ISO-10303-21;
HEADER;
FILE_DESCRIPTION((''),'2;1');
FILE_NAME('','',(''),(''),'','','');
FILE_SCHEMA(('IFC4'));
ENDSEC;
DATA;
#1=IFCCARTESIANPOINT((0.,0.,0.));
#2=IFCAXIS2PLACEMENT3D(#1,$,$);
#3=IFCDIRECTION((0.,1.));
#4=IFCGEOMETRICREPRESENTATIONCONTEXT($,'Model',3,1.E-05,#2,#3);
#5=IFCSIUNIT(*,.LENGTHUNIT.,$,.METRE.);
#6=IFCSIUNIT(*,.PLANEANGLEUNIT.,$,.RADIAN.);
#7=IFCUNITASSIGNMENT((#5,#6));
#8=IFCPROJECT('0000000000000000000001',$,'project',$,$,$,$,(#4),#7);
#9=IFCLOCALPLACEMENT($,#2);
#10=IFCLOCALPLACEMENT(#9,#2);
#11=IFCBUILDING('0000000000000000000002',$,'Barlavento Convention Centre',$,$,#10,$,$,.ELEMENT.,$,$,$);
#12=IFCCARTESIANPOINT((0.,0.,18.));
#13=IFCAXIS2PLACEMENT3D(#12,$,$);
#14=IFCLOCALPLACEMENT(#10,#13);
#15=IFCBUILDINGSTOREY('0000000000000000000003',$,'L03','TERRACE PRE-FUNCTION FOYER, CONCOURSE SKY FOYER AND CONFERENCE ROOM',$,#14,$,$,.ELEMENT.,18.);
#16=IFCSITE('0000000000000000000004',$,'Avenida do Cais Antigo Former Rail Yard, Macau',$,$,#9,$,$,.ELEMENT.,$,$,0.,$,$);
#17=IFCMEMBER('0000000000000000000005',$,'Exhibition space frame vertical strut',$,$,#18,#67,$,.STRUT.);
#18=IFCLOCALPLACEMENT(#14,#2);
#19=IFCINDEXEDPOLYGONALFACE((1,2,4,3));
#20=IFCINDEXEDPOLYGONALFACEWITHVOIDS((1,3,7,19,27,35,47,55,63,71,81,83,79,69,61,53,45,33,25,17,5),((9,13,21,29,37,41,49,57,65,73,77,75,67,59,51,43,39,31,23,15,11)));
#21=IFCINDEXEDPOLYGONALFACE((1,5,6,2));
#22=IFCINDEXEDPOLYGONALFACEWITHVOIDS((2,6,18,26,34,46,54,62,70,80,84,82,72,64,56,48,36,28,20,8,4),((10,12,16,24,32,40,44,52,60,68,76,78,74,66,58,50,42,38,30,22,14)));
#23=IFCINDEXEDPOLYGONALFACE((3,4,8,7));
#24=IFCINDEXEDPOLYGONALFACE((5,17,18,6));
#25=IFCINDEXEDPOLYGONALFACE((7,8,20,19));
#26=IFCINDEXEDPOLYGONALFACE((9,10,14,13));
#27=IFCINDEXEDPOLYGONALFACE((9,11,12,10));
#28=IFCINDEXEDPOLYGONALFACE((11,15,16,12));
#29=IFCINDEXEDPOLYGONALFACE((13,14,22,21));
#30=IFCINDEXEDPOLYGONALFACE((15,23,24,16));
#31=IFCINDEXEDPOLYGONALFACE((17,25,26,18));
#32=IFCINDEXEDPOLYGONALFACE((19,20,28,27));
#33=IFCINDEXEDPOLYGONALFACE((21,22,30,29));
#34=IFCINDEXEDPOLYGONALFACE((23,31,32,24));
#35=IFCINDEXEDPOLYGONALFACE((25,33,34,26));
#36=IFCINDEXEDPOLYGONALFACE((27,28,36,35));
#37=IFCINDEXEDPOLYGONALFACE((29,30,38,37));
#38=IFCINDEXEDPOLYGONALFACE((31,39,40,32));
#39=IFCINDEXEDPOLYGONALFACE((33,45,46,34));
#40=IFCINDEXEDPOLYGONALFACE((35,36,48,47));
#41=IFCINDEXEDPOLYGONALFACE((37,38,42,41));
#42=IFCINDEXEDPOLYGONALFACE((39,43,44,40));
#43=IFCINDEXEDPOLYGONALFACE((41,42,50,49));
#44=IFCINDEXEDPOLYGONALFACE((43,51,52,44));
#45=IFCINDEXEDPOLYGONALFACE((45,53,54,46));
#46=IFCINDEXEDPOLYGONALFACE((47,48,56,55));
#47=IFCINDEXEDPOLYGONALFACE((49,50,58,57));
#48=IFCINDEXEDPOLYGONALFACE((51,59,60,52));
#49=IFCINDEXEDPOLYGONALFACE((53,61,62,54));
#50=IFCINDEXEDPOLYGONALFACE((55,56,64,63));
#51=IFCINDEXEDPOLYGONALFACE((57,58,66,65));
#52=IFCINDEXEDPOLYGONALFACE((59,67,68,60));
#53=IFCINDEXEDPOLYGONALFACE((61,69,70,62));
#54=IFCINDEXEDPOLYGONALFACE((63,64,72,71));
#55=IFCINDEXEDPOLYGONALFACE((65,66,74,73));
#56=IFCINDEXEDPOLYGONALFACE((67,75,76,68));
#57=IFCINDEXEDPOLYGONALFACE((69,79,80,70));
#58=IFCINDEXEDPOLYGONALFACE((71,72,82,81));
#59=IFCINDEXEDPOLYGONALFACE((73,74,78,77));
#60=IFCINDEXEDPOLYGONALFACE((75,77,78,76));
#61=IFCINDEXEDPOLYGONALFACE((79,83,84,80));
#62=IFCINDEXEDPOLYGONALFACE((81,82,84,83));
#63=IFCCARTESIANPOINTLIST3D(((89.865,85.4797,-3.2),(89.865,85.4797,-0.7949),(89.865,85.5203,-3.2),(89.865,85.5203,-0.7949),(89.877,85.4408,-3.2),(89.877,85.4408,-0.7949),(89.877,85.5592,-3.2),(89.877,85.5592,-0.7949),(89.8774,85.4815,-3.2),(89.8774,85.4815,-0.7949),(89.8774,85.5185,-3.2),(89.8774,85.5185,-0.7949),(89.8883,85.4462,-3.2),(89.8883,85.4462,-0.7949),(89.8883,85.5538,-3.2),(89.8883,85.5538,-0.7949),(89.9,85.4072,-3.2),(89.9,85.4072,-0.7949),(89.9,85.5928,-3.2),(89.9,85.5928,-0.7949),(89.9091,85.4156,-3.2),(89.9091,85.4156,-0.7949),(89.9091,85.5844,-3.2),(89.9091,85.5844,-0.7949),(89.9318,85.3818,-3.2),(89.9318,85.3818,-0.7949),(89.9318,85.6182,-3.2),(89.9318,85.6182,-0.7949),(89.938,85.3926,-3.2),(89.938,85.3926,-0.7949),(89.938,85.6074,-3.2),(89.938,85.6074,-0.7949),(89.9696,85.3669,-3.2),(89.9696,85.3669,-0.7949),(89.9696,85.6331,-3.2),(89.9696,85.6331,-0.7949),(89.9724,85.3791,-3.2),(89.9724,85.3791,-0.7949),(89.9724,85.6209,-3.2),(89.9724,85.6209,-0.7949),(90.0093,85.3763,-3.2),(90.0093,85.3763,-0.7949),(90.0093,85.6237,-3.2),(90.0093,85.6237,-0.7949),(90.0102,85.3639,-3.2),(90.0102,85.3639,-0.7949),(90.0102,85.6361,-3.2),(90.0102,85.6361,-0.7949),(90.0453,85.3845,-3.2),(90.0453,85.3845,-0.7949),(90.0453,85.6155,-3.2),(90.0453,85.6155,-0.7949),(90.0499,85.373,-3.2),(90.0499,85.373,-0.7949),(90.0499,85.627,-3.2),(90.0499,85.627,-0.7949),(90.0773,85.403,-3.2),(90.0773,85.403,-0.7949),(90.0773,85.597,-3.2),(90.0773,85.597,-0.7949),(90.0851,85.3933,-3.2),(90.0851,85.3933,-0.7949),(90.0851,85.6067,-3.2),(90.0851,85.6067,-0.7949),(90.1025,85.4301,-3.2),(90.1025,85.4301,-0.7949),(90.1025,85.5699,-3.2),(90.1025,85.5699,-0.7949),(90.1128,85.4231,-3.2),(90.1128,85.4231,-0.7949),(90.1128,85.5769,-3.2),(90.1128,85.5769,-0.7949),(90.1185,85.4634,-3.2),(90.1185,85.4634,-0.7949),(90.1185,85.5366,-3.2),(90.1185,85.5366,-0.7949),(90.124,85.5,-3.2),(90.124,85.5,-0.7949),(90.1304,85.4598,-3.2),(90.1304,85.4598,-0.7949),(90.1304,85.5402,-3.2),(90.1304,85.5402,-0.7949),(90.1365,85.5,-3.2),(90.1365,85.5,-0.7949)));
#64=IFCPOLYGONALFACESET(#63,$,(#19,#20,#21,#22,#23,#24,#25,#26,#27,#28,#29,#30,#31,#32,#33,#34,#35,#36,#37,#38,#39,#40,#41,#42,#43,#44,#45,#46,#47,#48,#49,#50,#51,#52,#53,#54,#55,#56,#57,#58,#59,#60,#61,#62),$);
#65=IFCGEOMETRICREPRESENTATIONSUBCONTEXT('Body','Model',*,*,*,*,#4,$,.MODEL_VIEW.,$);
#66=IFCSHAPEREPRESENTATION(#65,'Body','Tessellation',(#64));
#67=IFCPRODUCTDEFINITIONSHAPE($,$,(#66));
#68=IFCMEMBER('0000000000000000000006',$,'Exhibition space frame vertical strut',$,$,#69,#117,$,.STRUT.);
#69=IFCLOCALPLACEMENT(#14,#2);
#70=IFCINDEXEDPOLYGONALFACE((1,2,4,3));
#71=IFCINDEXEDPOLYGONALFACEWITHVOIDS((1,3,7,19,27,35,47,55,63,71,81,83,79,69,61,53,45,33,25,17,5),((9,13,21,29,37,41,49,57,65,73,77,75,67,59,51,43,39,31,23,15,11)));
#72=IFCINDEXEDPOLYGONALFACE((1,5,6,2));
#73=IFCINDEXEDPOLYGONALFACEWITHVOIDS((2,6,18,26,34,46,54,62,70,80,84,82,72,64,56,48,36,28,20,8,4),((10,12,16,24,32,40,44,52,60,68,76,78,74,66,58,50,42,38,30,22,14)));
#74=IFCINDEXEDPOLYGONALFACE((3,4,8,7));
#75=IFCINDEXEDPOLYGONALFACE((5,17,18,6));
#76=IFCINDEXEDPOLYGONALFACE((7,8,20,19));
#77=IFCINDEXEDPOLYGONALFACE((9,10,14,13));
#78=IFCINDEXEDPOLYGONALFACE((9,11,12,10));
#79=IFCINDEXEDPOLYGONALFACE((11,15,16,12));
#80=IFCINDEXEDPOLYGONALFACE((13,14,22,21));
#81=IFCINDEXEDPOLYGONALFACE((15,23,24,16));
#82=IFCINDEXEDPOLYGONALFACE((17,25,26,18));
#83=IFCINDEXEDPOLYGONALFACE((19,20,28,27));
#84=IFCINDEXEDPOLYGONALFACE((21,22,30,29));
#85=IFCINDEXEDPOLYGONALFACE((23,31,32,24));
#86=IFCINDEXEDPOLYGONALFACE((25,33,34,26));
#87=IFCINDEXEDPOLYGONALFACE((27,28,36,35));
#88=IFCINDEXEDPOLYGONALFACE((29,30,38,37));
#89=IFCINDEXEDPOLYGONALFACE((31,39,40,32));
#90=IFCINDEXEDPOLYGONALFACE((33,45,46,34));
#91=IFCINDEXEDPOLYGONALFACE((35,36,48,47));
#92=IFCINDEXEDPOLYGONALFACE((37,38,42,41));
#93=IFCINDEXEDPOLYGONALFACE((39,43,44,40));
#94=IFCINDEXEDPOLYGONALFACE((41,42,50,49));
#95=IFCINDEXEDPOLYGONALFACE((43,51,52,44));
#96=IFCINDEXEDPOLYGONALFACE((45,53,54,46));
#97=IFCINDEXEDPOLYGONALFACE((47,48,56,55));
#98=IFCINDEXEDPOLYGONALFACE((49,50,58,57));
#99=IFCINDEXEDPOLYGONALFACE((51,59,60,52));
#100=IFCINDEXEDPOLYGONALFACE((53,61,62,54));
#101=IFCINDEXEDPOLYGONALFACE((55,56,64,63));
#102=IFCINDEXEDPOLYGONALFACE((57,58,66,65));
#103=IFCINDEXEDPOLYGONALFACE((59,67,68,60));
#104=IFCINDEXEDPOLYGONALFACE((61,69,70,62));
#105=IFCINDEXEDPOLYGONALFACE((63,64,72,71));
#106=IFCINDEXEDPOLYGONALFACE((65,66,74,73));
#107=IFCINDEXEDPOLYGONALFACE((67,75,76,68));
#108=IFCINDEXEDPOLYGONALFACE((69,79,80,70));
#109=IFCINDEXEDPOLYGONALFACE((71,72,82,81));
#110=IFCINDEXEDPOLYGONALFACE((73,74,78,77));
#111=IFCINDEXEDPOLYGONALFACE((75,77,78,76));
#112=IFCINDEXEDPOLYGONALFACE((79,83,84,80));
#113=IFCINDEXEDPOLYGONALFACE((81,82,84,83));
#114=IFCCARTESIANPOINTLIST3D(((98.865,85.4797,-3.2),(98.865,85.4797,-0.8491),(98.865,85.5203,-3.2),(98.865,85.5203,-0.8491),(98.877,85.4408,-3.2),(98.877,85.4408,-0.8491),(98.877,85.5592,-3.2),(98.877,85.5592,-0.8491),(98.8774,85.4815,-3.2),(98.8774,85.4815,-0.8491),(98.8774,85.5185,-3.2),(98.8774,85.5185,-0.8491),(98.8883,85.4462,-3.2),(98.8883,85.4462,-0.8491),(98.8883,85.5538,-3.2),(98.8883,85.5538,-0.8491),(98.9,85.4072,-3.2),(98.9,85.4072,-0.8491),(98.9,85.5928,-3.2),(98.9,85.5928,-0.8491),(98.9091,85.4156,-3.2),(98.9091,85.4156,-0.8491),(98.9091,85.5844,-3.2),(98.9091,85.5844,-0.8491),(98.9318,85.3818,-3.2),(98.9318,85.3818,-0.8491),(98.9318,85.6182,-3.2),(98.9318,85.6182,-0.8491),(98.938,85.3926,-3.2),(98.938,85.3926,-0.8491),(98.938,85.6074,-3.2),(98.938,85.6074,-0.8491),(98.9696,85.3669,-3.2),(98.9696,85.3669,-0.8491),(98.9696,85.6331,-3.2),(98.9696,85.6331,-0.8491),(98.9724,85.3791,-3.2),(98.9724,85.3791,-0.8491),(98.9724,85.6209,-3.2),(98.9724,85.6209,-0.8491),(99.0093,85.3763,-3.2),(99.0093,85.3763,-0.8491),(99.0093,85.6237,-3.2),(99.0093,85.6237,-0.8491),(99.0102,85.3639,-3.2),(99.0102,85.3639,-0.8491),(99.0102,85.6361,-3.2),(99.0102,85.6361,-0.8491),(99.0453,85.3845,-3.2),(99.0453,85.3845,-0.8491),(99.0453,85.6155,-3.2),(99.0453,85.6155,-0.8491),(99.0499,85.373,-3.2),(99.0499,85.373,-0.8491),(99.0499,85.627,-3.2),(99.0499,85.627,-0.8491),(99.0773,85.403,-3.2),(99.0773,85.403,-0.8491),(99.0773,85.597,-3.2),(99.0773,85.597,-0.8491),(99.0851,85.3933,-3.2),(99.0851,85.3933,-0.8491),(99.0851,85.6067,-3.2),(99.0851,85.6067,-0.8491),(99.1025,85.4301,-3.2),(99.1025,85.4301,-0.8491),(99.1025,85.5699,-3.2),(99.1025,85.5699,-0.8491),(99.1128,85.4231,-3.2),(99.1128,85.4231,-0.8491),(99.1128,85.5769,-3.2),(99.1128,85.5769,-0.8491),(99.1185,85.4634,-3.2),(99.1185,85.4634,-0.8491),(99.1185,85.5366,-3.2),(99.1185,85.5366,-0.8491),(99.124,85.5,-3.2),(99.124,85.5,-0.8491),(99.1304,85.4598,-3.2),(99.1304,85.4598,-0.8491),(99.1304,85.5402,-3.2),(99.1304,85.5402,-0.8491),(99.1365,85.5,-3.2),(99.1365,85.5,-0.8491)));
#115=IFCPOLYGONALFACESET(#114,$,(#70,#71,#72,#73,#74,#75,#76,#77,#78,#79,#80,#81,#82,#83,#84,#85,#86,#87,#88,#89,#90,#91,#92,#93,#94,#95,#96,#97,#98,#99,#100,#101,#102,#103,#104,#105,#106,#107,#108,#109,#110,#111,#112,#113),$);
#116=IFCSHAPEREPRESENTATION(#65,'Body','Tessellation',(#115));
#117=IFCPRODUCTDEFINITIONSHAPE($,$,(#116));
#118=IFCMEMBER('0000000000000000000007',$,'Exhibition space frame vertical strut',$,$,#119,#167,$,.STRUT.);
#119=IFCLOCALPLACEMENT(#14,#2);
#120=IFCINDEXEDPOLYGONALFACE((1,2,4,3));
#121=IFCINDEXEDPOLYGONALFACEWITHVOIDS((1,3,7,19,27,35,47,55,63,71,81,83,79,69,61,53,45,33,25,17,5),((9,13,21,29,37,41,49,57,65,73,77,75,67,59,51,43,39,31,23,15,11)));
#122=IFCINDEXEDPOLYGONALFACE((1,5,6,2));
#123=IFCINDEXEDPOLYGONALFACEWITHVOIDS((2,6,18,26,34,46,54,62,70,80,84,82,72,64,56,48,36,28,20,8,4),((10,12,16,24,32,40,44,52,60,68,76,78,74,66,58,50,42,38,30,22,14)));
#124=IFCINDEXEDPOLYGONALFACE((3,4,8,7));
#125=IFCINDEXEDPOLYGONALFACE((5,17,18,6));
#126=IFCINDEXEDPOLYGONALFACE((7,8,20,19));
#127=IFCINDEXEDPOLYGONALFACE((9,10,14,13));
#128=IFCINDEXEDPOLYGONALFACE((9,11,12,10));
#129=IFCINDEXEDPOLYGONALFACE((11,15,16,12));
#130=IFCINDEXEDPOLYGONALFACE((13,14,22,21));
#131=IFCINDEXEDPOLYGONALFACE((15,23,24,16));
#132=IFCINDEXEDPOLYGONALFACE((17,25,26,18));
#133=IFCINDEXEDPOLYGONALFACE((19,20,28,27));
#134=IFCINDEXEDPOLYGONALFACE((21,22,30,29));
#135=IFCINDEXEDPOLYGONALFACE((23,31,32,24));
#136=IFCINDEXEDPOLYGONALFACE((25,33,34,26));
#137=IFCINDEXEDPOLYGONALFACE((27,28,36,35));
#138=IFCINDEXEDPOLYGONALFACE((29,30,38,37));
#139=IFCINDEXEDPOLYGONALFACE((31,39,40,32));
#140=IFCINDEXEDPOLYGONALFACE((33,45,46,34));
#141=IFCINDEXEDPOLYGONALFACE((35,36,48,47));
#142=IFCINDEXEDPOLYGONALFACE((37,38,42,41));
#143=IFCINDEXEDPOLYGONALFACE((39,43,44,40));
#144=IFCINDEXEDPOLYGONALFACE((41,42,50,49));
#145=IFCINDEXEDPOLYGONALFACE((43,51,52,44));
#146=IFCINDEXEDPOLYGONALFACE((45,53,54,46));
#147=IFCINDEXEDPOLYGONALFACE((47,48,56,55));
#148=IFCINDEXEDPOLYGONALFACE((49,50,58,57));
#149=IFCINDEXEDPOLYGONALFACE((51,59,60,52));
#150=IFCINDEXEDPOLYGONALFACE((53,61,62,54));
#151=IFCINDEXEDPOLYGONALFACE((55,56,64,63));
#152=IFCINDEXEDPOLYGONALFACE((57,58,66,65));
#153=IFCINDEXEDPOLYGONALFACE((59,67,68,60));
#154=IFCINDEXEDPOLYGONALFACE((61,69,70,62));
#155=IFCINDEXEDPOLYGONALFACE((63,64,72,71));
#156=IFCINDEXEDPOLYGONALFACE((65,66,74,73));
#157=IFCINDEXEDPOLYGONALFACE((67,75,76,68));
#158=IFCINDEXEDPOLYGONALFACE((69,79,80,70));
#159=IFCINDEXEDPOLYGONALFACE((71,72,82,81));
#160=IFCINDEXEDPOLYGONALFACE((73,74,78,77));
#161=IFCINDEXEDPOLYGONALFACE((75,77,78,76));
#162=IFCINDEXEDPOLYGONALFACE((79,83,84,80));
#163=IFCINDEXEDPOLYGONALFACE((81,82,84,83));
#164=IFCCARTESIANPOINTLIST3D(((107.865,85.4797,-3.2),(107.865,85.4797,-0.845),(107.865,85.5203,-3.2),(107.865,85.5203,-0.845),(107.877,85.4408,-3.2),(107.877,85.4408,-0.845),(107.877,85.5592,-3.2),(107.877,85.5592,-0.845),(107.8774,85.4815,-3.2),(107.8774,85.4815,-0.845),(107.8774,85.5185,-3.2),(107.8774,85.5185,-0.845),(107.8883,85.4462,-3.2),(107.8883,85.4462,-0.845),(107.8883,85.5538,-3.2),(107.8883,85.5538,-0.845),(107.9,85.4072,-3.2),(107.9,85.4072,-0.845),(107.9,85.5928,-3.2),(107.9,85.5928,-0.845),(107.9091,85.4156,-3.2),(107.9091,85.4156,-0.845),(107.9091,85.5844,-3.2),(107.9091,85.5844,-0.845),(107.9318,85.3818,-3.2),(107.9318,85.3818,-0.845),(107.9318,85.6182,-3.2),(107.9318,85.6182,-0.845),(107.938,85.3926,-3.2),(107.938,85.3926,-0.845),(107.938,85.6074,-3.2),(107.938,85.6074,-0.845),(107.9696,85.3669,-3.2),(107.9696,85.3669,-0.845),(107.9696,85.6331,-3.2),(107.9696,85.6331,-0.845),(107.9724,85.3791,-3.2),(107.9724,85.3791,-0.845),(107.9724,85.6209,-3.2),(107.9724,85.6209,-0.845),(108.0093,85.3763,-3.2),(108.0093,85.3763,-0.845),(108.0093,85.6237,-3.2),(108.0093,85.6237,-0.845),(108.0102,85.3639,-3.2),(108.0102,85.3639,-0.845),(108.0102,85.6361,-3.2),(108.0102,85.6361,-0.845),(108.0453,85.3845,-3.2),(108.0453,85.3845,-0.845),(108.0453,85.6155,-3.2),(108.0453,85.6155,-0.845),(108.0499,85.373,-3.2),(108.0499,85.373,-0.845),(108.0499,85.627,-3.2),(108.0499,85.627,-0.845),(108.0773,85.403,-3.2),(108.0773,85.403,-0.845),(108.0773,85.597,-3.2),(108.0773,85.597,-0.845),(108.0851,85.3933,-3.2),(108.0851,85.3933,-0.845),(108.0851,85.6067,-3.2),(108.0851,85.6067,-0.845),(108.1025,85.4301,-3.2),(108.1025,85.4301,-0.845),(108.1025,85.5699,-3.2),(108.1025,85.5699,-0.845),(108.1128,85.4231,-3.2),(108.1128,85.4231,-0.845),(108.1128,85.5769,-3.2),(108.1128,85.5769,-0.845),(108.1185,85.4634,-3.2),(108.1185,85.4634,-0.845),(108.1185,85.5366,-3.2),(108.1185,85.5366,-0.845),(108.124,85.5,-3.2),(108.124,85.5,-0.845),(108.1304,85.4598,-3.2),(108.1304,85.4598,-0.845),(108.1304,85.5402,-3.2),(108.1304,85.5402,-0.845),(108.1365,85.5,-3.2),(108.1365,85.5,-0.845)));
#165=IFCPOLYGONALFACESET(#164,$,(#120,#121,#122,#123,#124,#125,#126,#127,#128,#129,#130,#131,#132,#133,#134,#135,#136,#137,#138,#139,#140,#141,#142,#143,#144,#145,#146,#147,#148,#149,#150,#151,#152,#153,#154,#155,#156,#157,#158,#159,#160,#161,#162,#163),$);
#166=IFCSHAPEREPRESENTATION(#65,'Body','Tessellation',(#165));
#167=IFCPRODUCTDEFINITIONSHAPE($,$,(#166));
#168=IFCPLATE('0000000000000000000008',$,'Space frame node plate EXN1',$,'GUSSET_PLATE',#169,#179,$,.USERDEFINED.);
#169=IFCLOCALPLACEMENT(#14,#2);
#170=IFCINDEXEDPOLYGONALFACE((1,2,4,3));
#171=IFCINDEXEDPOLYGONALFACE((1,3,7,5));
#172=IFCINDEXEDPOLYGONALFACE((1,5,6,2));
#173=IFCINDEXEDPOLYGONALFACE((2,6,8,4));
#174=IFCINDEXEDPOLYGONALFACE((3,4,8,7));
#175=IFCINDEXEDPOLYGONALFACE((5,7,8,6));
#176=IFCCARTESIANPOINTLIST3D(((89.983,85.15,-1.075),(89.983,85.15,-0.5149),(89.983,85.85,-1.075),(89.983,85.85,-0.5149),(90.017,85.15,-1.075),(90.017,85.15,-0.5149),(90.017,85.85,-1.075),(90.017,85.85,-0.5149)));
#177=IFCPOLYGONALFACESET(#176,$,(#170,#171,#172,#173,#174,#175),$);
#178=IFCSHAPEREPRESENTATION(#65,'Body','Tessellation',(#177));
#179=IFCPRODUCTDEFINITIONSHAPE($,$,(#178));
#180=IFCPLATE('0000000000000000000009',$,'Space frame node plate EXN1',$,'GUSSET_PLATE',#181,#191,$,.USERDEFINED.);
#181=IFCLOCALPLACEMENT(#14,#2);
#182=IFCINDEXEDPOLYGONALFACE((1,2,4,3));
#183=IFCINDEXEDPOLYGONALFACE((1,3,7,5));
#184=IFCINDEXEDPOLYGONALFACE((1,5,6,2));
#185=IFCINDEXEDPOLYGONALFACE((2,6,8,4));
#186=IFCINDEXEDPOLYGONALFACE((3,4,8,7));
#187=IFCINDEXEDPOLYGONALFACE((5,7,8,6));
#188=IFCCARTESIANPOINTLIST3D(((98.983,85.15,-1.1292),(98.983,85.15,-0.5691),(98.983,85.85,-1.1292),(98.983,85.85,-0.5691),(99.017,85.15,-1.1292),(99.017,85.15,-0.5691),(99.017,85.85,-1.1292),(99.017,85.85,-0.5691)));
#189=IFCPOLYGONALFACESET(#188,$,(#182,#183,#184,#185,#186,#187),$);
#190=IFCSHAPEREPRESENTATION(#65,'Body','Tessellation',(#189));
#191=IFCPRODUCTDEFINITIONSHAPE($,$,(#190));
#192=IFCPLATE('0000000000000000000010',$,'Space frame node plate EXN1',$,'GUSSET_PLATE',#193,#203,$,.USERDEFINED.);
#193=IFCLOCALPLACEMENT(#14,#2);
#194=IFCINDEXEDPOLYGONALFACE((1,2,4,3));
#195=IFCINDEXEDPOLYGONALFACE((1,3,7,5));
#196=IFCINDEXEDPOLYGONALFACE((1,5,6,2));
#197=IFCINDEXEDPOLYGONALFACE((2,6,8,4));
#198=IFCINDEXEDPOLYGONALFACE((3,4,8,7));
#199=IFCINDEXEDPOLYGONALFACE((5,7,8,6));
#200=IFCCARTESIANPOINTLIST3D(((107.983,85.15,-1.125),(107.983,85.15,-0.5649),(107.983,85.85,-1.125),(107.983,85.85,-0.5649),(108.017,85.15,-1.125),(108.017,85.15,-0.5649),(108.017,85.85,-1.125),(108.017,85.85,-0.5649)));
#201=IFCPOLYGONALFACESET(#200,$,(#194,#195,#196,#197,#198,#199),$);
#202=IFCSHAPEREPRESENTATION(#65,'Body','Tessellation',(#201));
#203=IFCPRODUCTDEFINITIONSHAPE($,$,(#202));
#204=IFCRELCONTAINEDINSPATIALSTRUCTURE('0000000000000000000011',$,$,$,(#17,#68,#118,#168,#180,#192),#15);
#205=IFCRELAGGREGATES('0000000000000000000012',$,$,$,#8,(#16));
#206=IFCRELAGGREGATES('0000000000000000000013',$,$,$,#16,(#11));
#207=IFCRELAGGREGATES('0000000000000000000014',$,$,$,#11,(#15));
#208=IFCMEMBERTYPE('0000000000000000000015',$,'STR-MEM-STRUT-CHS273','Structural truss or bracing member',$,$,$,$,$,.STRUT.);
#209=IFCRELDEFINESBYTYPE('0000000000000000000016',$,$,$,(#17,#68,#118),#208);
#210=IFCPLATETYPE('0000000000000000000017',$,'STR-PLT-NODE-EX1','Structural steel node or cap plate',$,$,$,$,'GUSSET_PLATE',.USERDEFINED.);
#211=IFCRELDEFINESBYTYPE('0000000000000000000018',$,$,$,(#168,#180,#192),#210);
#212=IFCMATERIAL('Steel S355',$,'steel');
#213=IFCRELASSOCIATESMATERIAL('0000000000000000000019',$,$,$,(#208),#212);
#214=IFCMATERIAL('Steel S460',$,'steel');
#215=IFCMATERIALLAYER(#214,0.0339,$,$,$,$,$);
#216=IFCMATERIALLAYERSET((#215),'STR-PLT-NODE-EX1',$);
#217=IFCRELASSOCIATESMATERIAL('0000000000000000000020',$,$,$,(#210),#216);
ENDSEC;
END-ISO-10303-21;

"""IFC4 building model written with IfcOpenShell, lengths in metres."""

from ifc_helpers import new_model, si_unit, direction, frame, origin, origin_2d, place, context, subcontext, project, spatial, rectangle, hollow_circle, extrude, material, layer, layer_set, material_profile, profile_set, type_object, element, save


model = new_model("IFC4")

# Units and contexts
model_context = context("Model", 3, precision=1e-05, world=origin(), true_north=direction((0.0, 1.0)))
body_context = subcontext(model_context, "Body", "Model", "MODEL_VIEW")
ifc_project = project(units=[si_unit("LENGTHUNIT", "METRE"), si_unit("PLANEANGLEUNIT", "RADIAN")], contexts=[model_context])

# Site, building, storey
site_placement = place(None, origin())
site = spatial("IfcSite", under=ifc_project, at=site_placement, Name="Avenida do Cais Antigo Former Rail Yard, Macau", CompositionType="ELEMENT", RefElevation=0.0)
building_placement = place(site_placement, origin())
building = spatial("IfcBuilding", under=site, at=building_placement, Name="Barlavento Convention Centre", CompositionType="ELEMENT")
storey_placement = place(building_placement, frame((0.0, 0.0, 18.0)))
storey = spatial("IfcBuildingStorey", under=building, at=storey_placement, Name="L03", Description="TERRACE PRE-FUNCTION FOYER, CONCOURSE SKY FOYER AND CONFERENCE ROOM", CompositionType="ELEMENT", Elevation=18.0)

# Members
ifc_material_1 = material(Name="Steel S355", Category="steel")
ifc_material_profile_1 = material_profile(ifc_material_1, hollow_circle(Radius=0.1365, WallThickness=0.0125, at=origin_2d()), Name="CHS 273.0x12.5")
ifc_profile_set_1 = profile_set([ifc_material_profile_1], Name="Steel S355")
member_type_1 = type_object("IfcMemberType", Name="STR-MEM-STRUT-CHS273", Description="Structural truss or bracing member", PredefinedType="STRUT", material=ifc_profile_set_1)
member_1_placement = place(storey_placement, frame((90.0, 85.5, -3.2), z_axis=(0.0, 0.0, 1.0), x_axis=(1.0, 0.0, 0.0)))
element("IfcMember", 1, at=member_1_placement, inside=storey, type_object=member_type_1, Name="Exhibition space frame vertical strut", PredefinedType="STRUT", context=body_context, shape_type="SweptSolid", body=[
    extrude(hollow_circle(Radius=0.1365, WallThickness=0.0125, at=origin_2d()), origin(), (0.0, 0.0, 1.0), 2.405),
])
member_2_placement = place(storey_placement, frame((99.0, 85.5, -3.2), z_axis=(0.0, 0.0, 1.0), x_axis=(1.0, 0.0, 0.0)))
element("IfcMember", 2, at=member_2_placement, inside=storey, type_object=member_type_1, Name="Exhibition space frame vertical strut", PredefinedType="STRUT", context=body_context, shape_type="SweptSolid", body=[
    extrude(hollow_circle(Radius=0.1365, WallThickness=0.0125, at=origin_2d()), origin(), (0.0, 0.0, 1.0), 2.3508),
])
member_3_placement = place(storey_placement, frame((108.0, 85.5, -3.2), z_axis=(0.0, 0.0, 1.0), x_axis=(1.0, 0.0, 0.0)))
element("IfcMember", 3, at=member_3_placement, inside=storey, type_object=member_type_1, Name="Exhibition space frame vertical strut", PredefinedType="STRUT", context=body_context, shape_type="SweptSolid", body=[
    extrude(hollow_circle(Radius=0.1365, WallThickness=0.0125, at=origin_2d()), origin(), (0.0, 0.0, 1.0), 2.355),
])

# Plates
ifc_material_2 = material(Name="Steel S460", Category="steel")
ifc_layer = layer(ifc_material_2, 0.0339)
ifc_layer_set = layer_set([ifc_layer], Name="STR-PLT-NODE-EX1")
plate_type = type_object("IfcPlateType", Name="STR-PLT-NODE-EX1", Description="Structural steel node or cap plate", ElementType="GUSSET_PLATE", PredefinedType="USERDEFINED", material=ifc_layer_set)
for number, where, z_axis, x_axis, name in (
    (4, (90.0, 85.5, -1.075), (0.0, 0.0, 1.0), (1.0, 0.0, 0.0), "Space frame node plate EXN1"),
    (5, (99.0, 85.5, -1.1292), (0.0, 0.0, 1.0), (1.0, 0.0, 0.0), "Space frame node plate EXN1"),
    (6, (108.0, 85.5, -1.125), (0.0, 0.0, 1.0), (1.0, 0.0, 0.0), "Space frame node plate EXN1"),
):
    element("IfcPlate", number, at=place(storey_placement, frame(where, z_axis=z_axis, x_axis=x_axis)), inside=storey, type_object=plate_type, Name=name, ObjectType="GUSSET_PLATE", PredefinedType="USERDEFINED", context=body_context, shape_type="SweptSolid", body=[
        extrude(rectangle(XDim=0.0339, YDim=0.7, at=origin_2d()), origin(), (0.0, 0.0, 1.0), 0.5601),
    ])

save(model, "model.ifc")
